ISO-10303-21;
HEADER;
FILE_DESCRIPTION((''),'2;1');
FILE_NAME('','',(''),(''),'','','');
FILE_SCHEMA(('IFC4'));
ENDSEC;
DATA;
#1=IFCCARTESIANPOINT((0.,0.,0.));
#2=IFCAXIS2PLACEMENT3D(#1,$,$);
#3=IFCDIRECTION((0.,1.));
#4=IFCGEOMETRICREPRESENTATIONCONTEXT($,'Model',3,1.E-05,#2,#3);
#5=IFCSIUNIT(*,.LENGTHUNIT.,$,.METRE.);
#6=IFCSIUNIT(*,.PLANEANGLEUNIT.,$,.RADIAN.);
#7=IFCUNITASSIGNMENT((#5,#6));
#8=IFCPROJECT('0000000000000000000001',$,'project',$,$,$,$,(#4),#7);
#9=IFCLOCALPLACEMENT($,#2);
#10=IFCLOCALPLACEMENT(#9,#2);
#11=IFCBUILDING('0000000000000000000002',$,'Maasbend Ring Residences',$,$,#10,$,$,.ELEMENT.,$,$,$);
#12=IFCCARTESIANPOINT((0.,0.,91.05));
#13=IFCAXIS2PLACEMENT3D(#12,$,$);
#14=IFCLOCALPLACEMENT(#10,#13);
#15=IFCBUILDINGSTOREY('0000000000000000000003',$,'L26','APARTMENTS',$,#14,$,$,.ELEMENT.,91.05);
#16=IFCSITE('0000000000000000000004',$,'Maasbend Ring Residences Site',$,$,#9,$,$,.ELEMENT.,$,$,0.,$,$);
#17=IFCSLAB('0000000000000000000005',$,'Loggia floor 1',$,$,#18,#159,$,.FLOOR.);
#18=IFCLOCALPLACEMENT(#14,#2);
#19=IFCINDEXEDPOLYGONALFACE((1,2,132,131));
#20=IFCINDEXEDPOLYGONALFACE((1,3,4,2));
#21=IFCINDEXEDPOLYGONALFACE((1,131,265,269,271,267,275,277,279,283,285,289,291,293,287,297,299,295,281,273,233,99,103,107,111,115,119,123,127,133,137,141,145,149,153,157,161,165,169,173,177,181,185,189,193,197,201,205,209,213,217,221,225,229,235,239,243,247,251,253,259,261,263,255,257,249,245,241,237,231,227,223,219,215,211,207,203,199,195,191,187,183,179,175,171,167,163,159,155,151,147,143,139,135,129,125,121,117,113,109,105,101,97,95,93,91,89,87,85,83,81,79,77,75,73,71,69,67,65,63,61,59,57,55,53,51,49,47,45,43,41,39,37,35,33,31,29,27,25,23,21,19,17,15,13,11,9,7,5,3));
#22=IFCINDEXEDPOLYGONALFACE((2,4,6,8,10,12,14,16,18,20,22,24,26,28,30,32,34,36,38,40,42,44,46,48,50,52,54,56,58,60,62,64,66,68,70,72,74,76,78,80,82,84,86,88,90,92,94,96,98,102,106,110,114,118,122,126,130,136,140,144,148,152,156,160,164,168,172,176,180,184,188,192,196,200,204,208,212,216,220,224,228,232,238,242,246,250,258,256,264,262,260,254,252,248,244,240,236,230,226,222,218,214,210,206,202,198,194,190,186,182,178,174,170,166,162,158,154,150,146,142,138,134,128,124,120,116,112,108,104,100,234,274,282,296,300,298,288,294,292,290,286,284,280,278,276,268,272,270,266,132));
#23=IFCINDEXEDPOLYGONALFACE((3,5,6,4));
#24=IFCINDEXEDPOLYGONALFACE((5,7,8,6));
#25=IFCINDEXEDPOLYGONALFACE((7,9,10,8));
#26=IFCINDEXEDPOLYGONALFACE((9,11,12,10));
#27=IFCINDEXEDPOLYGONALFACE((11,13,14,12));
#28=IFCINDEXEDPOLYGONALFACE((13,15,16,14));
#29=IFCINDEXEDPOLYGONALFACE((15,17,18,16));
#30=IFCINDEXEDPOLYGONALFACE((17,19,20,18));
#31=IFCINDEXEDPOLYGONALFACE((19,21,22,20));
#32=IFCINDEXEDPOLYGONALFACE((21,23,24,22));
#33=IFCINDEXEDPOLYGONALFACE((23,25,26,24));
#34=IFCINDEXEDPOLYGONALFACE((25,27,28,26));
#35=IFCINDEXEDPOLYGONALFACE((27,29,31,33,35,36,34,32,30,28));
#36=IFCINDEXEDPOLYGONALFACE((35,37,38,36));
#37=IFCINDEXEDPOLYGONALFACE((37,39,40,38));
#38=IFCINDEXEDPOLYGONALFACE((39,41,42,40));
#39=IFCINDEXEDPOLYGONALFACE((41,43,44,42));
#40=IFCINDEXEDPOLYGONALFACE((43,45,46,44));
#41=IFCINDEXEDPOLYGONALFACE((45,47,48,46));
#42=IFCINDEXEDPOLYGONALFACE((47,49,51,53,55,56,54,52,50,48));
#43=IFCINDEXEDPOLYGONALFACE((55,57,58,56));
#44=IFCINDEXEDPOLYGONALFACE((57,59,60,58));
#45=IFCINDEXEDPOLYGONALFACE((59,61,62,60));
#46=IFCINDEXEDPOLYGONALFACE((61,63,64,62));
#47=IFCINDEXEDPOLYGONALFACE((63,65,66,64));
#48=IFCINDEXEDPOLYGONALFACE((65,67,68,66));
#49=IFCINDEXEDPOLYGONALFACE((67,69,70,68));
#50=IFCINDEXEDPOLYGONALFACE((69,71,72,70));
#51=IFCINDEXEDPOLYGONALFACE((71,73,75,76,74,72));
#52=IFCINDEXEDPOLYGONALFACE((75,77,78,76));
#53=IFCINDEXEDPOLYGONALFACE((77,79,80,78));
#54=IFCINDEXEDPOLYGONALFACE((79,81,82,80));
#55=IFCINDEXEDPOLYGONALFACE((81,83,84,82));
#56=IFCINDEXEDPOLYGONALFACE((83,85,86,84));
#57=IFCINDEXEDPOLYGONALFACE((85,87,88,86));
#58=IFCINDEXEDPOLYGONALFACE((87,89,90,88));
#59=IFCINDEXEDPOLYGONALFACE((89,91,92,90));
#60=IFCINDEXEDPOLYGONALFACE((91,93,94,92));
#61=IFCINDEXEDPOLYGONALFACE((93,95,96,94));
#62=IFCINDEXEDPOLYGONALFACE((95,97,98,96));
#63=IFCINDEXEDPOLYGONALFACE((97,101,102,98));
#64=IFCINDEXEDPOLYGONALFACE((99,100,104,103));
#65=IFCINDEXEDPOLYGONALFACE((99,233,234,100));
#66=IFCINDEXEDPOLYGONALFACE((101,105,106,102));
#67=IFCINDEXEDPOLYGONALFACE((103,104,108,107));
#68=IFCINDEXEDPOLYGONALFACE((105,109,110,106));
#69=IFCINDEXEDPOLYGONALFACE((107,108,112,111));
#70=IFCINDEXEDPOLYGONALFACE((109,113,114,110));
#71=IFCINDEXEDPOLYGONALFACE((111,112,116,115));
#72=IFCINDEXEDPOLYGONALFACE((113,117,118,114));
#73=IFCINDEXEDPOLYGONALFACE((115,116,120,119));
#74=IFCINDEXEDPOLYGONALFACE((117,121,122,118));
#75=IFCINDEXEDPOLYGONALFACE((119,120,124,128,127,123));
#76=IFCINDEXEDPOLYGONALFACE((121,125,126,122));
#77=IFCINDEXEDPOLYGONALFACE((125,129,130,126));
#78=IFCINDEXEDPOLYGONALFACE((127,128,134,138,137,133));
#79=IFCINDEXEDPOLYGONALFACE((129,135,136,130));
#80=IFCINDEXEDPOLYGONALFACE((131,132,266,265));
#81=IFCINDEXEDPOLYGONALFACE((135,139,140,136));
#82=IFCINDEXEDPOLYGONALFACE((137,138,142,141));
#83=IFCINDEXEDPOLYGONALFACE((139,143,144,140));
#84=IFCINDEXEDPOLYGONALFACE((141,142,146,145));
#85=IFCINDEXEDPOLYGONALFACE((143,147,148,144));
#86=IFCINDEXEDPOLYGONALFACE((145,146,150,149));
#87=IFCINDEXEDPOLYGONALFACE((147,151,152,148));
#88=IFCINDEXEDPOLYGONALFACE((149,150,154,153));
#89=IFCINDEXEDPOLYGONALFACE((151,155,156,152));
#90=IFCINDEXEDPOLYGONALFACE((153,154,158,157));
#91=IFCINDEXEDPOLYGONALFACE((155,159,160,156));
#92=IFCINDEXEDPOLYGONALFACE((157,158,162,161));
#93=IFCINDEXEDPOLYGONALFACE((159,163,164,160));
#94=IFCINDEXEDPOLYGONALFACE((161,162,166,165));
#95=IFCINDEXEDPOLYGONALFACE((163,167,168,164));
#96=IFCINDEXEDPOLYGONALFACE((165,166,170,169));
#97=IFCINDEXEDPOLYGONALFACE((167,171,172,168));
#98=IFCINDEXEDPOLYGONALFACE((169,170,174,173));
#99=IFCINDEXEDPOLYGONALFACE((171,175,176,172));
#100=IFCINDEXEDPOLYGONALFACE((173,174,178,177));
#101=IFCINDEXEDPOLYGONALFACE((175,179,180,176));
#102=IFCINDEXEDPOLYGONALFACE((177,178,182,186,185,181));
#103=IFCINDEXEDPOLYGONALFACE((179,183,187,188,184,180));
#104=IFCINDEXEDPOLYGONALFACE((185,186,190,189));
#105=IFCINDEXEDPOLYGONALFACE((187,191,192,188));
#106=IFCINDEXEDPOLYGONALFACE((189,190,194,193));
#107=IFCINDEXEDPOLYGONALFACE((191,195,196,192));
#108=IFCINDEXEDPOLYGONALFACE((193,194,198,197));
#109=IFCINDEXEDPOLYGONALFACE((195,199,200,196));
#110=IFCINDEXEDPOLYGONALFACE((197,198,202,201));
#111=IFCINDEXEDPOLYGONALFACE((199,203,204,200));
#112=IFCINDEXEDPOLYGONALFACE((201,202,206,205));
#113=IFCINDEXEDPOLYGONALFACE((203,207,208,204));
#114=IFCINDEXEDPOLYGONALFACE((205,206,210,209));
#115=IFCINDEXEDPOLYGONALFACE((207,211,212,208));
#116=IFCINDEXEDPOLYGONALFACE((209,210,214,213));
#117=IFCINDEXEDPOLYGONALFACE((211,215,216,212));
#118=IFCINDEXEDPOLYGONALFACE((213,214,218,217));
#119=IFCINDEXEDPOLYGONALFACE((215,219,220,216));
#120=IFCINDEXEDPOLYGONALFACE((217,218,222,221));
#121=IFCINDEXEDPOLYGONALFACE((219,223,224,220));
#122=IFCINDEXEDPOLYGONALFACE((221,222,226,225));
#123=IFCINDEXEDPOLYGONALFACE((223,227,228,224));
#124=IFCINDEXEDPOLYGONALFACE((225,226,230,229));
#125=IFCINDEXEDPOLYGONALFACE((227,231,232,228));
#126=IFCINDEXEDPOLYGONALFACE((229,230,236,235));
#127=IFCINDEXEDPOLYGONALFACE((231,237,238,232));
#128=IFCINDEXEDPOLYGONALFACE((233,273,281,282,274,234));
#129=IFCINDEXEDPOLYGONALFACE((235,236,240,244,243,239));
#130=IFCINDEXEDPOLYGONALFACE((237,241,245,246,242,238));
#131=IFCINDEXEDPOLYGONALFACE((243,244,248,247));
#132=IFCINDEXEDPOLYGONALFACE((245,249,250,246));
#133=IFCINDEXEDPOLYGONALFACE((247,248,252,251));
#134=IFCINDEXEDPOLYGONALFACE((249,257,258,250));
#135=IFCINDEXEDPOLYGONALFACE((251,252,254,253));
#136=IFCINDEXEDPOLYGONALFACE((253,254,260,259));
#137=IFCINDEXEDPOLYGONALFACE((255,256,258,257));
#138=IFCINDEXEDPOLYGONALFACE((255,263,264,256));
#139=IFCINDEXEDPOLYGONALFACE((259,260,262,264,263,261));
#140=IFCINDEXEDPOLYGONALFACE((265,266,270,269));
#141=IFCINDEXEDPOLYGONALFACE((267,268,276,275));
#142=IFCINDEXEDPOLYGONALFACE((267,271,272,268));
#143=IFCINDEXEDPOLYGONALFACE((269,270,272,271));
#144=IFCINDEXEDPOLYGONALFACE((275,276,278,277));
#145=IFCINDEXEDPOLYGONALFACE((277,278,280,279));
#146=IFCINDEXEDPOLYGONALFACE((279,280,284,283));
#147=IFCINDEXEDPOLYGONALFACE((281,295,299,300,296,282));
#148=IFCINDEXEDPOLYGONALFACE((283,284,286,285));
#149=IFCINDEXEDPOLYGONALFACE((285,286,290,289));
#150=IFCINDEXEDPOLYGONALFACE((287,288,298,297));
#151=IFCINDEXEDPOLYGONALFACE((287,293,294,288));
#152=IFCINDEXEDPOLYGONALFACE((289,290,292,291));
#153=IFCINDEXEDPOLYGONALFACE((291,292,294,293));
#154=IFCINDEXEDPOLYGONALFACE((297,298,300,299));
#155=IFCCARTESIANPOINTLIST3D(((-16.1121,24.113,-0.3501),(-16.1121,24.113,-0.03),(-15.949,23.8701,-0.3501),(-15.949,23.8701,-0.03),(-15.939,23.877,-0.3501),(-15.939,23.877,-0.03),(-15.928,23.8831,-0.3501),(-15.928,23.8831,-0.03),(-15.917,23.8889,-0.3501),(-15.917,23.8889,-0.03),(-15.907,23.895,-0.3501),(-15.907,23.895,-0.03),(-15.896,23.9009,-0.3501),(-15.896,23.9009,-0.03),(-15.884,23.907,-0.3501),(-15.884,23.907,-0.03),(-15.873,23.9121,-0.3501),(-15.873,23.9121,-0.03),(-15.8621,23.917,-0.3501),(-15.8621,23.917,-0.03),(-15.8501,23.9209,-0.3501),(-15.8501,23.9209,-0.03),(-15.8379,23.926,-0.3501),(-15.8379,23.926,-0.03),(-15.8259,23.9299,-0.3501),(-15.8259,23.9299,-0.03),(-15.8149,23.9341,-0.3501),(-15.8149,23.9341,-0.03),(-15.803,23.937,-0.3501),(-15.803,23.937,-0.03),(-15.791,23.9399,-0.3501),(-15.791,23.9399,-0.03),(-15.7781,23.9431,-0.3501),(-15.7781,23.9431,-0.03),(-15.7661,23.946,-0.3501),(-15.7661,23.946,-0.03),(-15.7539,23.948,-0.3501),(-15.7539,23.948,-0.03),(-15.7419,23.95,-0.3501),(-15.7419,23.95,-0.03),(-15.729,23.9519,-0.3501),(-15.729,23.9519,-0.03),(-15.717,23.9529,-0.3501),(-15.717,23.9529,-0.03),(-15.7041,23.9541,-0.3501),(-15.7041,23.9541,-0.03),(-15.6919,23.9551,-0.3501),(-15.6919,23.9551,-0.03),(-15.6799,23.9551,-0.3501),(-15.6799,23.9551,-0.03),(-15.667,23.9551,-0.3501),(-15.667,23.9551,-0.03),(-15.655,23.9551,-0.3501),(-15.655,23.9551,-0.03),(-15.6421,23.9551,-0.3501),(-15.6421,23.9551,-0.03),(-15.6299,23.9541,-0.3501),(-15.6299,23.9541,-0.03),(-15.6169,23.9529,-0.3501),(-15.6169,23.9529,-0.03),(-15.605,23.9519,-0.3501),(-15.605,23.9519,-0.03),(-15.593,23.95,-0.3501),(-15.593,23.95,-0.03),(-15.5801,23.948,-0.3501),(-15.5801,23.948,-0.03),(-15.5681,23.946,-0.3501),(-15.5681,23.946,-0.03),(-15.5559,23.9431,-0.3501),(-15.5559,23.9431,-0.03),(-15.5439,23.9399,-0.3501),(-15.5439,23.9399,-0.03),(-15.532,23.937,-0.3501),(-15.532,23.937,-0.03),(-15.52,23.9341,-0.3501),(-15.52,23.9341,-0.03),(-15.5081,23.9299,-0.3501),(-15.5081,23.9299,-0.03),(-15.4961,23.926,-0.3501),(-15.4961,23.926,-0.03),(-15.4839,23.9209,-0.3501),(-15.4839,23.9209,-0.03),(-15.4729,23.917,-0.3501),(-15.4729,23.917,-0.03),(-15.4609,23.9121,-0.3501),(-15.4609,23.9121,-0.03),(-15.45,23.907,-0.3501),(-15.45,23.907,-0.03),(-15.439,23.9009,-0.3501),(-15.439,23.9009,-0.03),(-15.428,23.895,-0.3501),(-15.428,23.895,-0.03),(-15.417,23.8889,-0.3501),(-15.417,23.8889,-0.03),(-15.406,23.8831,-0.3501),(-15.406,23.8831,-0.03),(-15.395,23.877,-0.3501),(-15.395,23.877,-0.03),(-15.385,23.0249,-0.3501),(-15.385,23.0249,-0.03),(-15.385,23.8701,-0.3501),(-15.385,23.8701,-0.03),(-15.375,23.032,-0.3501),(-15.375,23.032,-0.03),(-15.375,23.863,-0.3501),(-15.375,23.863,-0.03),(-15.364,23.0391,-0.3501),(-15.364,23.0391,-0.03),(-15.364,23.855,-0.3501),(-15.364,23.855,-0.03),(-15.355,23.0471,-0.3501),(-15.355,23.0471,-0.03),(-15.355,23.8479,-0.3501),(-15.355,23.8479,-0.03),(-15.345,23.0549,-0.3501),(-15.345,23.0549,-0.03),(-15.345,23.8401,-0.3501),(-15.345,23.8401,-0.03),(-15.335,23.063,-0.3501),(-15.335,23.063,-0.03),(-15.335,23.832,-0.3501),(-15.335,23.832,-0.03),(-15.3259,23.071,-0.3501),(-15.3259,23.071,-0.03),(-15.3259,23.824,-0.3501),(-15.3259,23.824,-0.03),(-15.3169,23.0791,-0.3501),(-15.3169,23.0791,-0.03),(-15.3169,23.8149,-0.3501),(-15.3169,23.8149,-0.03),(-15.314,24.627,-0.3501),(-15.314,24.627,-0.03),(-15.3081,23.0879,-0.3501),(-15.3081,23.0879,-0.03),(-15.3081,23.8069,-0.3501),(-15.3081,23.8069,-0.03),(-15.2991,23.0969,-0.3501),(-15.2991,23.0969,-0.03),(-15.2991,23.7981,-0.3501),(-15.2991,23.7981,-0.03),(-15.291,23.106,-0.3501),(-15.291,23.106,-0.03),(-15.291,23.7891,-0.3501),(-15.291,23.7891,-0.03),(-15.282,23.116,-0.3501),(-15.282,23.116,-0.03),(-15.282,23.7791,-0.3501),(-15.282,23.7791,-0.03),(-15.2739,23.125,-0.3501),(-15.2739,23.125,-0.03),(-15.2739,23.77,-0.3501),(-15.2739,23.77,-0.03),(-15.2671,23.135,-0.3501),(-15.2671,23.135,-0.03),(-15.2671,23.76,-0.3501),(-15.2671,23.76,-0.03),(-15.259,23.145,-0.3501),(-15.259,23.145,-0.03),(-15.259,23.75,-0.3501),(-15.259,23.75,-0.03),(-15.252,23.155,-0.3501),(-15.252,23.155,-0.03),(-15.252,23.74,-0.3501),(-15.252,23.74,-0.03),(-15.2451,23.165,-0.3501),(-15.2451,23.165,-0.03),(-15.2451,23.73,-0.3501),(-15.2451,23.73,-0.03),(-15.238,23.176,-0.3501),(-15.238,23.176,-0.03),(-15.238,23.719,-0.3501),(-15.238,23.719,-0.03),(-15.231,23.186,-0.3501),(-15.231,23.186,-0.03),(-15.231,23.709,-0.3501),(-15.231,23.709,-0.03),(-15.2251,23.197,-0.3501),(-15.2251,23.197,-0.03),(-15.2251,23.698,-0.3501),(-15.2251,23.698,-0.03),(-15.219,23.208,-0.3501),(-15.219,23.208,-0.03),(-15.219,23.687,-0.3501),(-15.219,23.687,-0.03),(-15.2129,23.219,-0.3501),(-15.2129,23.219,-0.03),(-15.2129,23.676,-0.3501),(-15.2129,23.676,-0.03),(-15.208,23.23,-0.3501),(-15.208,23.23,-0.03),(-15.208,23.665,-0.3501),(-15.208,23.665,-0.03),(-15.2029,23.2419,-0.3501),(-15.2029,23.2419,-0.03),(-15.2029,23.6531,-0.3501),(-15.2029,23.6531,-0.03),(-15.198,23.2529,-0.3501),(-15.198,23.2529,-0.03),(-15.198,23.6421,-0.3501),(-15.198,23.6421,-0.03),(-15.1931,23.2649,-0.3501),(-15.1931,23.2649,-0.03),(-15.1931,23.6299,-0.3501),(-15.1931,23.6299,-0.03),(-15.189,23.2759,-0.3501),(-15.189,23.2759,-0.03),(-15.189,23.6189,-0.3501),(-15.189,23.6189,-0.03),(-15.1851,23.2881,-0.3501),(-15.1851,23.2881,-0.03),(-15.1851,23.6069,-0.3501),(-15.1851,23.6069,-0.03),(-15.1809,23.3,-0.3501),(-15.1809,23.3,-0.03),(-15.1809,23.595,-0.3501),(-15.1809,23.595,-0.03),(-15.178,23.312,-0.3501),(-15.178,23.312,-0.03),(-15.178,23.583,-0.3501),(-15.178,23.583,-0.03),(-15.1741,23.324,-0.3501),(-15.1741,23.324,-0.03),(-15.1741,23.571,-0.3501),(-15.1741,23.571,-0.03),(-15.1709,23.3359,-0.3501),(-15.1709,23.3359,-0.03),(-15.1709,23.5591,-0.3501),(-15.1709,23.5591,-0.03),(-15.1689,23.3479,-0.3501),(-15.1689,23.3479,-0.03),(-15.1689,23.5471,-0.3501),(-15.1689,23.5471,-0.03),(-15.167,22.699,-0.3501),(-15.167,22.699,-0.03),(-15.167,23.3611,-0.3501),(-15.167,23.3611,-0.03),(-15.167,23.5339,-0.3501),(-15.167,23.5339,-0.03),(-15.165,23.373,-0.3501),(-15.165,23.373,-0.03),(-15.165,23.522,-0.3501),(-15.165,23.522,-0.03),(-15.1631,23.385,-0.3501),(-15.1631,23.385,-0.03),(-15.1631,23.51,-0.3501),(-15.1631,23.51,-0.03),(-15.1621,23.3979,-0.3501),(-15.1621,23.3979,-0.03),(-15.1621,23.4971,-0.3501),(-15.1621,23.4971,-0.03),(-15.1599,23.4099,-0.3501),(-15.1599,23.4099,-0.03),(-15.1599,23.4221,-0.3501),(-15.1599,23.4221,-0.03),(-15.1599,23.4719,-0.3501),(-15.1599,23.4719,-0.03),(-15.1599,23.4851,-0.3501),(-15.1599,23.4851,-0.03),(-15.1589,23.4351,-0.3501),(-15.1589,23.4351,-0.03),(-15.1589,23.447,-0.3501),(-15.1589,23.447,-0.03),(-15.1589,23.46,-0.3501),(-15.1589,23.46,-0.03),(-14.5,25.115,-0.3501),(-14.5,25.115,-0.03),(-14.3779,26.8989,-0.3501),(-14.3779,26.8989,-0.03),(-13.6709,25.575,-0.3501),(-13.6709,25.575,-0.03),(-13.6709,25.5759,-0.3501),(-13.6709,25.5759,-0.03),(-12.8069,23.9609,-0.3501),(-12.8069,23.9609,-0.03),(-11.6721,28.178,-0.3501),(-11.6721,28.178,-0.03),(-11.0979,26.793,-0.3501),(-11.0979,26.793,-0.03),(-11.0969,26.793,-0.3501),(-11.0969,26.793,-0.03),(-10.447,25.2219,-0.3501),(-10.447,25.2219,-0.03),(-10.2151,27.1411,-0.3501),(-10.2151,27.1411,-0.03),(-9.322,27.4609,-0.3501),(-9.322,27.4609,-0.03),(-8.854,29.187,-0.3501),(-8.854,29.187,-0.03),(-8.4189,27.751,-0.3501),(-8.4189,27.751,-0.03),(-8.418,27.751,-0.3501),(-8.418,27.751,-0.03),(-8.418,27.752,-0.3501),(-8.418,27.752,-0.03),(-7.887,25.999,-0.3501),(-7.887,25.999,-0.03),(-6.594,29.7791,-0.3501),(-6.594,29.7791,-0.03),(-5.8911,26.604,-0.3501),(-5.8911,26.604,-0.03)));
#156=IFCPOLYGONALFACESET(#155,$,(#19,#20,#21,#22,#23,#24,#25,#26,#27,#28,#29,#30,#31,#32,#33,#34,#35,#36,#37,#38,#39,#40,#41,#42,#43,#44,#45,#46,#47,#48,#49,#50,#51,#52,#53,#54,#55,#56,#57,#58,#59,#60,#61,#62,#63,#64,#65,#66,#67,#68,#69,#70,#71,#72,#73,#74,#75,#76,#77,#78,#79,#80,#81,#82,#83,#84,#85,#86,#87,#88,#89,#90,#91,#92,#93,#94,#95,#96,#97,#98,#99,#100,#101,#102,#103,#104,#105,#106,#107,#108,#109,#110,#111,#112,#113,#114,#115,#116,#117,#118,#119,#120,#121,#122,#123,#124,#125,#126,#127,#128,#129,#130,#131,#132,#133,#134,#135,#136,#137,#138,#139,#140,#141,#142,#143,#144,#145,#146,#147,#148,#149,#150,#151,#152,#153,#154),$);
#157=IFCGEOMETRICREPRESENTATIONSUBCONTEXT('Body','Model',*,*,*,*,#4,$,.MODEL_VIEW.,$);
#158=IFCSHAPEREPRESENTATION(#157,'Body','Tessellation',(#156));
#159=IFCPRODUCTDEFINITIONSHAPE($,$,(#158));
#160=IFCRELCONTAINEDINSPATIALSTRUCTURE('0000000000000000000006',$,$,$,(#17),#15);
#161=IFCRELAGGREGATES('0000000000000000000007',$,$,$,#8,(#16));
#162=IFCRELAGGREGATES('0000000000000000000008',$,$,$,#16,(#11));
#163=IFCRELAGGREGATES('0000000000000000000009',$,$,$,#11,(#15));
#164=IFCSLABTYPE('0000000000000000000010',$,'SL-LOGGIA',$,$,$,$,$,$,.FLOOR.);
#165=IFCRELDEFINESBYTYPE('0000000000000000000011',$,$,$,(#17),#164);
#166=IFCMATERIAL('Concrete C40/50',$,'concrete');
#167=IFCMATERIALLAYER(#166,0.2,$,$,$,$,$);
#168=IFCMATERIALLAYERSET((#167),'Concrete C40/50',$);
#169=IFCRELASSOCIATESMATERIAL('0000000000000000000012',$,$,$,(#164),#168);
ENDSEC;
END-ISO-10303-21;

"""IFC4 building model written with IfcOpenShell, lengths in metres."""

from ifc_helpers import new_model, si_unit, direction, frame, origin, place, context, subcontext, project, spatial, polyline, outline, extrude, material, layer, layer_set, type_object, element, save


model = new_model("IFC4")

# Units and contexts
model_context = context("Model", 3, precision=1e-05, world=origin(), true_north=direction((0.0, 1.0)))
body_context = subcontext(model_context, "Body", "Model", "MODEL_VIEW")
ifc_project = project(units=[si_unit("LENGTHUNIT", "METRE"), si_unit("PLANEANGLEUNIT", "RADIAN")], contexts=[model_context])

# Site, building, storey
site_placement = place(None, origin())
site = spatial("IfcSite", under=ifc_project, at=site_placement, Name="Maasbend Ring Residences Site", CompositionType="ELEMENT", RefElevation=0.0)
building_placement = place(site_placement, origin())
building = spatial("IfcBuilding", under=site, at=building_placement, Name="Maasbend Ring Residences", CompositionType="ELEMENT")
storey_placement = place(building_placement, frame((0.0, 0.0, 91.05)))
storey = spatial("IfcBuildingStorey", under=building, at=storey_placement, Name="L26", Description="APARTMENTS", CompositionType="ELEMENT", Elevation=91.05)

# Slab
ifc_material_1 = material(Name="Concrete C40/50", Category="concrete")
ifc_layer_1 = layer(ifc_material_1, 0.2)
ifc_layer_set_1 = layer_set([ifc_layer_1], Name="Concrete C40/50")
slab_type_1 = type_object("IfcSlabType", Name="SL-LOGGIA", PredefinedType="FLOOR", material=ifc_layer_set_1)
slab_1_placement = place(storey_placement, frame((0.0, 0.0, -0.3501)))
element("IfcSlab", 1, at=slab_1_placement, inside=storey, type_object=slab_type_1, Name="Loggia floor 1", PredefinedType="FLOOR", context=body_context, shape_type="SweptSolid", body=[
    extrude(outline(polyline([(-14.5, 25.115), (-13.6709, 25.575), (-13.6709, 25.5759), (-13.6709, 25.5759), (-13.6709, 25.5759), (-13.6709, 25.5759), (-13.6709, 25.5759), (-13.6709, 25.5759), (-13.6709, 25.5759), (-13.6709, 25.5759), (-13.6709, 25.5759), (-13.6709, 25.5759), (-13.6709, 25.5759), (-13.6709, 25.5759), (-13.6709, 25.5759), (-13.6709, 25.5759), (-13.6709, 25.5759), (-13.6709, 25.5759), (-14.3779, 26.8989), (-14.3779, 26.8989), (-14.3779, 26.8989), (-11.6721, 28.178), (-11.6721, 28.178), (-11.6721, 28.178), (-11.0979, 26.793), (-11.0979, 26.793), (-11.0979, 26.793), (-11.0979, 26.793), (-11.0979, 26.793), (-11.0979, 26.793), (-11.0979, 26.793), (-11.0979, 26.793), (-11.0979, 26.793), (-11.0979, 26.793), (-11.0979, 26.793), (-11.0979, 26.793), (-11.0979, 26.793), (-11.0979, 26.793), (-11.0969, 26.793), (-11.0969, 26.793), (-11.0969, 26.793), (-10.2151, 27.1411), (-10.2151, 27.1411), (-9.322, 27.4609), (-9.322, 27.4609), (-8.4189, 27.751), (-8.4189, 27.751), (-8.4189, 27.751), (-8.4189, 27.751), (-8.4189, 27.751), (-8.4189, 27.751), (-8.418, 27.751), (-8.418, 27.751), (-8.418, 27.751), (-8.418, 27.751), (-8.418, 27.751), (-8.418, 27.752), (-8.418, 27.752), (-8.418, 27.752), (-8.418, 27.752), (-8.418, 27.752), (-8.418, 27.752), (-8.854, 29.187), (-8.854, 29.187), (-8.854, 29.187), (-6.594, 29.7791), (-6.594, 29.7791), (-6.594, 29.7791), (-5.8911, 26.604), (-5.8911, 26.604), (-5.8911, 26.604), (-7.887, 25.999), (-10.447, 25.2219), (-10.447, 25.2219), (-10.447, 25.2219), (-12.8069, 23.9609), (-15.167, 22.699), (-15.167, 22.699), (-15.167, 22.699), (-15.385, 23.0249), (-15.375, 23.032), (-15.364, 23.0391), (-15.355, 23.0471), (-15.345, 23.0549), (-15.335, 23.063), (-15.3259, 23.071), (-15.3169, 23.0791), (-15.3081, 23.0879), (-15.2991, 23.0969), (-15.291, 23.106), (-15.282, 23.116), (-15.2739, 23.125), (-15.2671, 23.135), (-15.259, 23.145), (-15.252, 23.155), (-15.2451, 23.165), (-15.238, 23.176), (-15.231, 23.186), (-15.2251, 23.197), (-15.219, 23.208), (-15.2129, 23.219), (-15.208, 23.23), (-15.2029, 23.2419), (-15.198, 23.2529), (-15.1931, 23.2649), (-15.189, 23.2759), (-15.1851, 23.2881), (-15.1809, 23.3), (-15.178, 23.312), (-15.1741, 23.324), (-15.1709, 23.3359), (-15.1689, 23.3479), (-15.167, 23.3611), (-15.165, 23.373), (-15.1631, 23.385), (-15.1621, 23.3979), (-15.1599, 23.4099), (-15.1599, 23.4221), (-15.1589, 23.4351), (-15.1589, 23.447), (-15.1589, 23.46), (-15.1599, 23.4719), (-15.1599, 23.4851), (-15.1621, 23.4971), (-15.1631, 23.51), (-15.165, 23.522), (-15.167, 23.5339), (-15.1689, 23.5471), (-15.1709, 23.5591), (-15.1741, 23.571), (-15.178, 23.583), (-15.1809, 23.595), (-15.1851, 23.6069), (-15.189, 23.6189), (-15.1931, 23.6299), (-15.198, 23.6421), (-15.2029, 23.6531), (-15.208, 23.665), (-15.2129, 23.676), (-15.219, 23.687), (-15.2251, 23.698), (-15.231, 23.709), (-15.238, 23.719), (-15.2451, 23.73), (-15.252, 23.74), (-15.259, 23.75), (-15.2671, 23.76), (-15.2739, 23.77), (-15.282, 23.7791), (-15.291, 23.7891), (-15.2991, 23.7981), (-15.3081, 23.8069), (-15.3169, 23.8149), (-15.3259, 23.824), (-15.335, 23.832), (-15.345, 23.8401), (-15.355, 23.8479), (-15.364, 23.855), (-15.375, 23.863), (-15.385, 23.8701), (-15.395, 23.877), (-15.406, 23.8831), (-15.417, 23.8889), (-15.428, 23.895), (-15.439, 23.9009), (-15.45, 23.907), (-15.4609, 23.9121), (-15.4729, 23.917), (-15.4839, 23.9209), (-15.4961, 23.926), (-15.5081, 23.9299), (-15.52, 23.9341), (-15.532, 23.937), (-15.5439, 23.9399), (-15.5559, 23.9431), (-15.5681, 23.946), (-15.5801, 23.948), (-15.593, 23.95), (-15.605, 23.9519), (-15.6169, 23.9529), (-15.6299, 23.9541), (-15.6421, 23.9551), (-15.655, 23.9551), (-15.667, 23.9551), (-15.6799, 23.9551), (-15.6919, 23.9551), (-15.7041, 23.9541), (-15.717, 23.9529), (-15.729, 23.9519), (-15.7419, 23.95), (-15.7539, 23.948), (-15.7661, 23.946), (-15.7781, 23.9431), (-15.791, 23.9399), (-15.803, 23.937), (-15.8149, 23.9341), (-15.8259, 23.9299), (-15.8379, 23.926), (-15.8501, 23.9209), (-15.8621, 23.917), (-15.873, 23.9121), (-15.884, 23.907), (-15.896, 23.9009), (-15.907, 23.895), (-15.917, 23.8889), (-15.928, 23.8831), (-15.939, 23.877), (-15.949, 23.8701), (-16.1121, 24.113), (-16.1121, 24.113), (-16.1121, 24.113), (-15.314, 24.627), (-15.314, 24.627), (-14.5, 25.115), (-14.5, 25.115)])), origin(), (0.0, 0.0, 1.0), 0.3201),
])

save(model, "model.ifc")
